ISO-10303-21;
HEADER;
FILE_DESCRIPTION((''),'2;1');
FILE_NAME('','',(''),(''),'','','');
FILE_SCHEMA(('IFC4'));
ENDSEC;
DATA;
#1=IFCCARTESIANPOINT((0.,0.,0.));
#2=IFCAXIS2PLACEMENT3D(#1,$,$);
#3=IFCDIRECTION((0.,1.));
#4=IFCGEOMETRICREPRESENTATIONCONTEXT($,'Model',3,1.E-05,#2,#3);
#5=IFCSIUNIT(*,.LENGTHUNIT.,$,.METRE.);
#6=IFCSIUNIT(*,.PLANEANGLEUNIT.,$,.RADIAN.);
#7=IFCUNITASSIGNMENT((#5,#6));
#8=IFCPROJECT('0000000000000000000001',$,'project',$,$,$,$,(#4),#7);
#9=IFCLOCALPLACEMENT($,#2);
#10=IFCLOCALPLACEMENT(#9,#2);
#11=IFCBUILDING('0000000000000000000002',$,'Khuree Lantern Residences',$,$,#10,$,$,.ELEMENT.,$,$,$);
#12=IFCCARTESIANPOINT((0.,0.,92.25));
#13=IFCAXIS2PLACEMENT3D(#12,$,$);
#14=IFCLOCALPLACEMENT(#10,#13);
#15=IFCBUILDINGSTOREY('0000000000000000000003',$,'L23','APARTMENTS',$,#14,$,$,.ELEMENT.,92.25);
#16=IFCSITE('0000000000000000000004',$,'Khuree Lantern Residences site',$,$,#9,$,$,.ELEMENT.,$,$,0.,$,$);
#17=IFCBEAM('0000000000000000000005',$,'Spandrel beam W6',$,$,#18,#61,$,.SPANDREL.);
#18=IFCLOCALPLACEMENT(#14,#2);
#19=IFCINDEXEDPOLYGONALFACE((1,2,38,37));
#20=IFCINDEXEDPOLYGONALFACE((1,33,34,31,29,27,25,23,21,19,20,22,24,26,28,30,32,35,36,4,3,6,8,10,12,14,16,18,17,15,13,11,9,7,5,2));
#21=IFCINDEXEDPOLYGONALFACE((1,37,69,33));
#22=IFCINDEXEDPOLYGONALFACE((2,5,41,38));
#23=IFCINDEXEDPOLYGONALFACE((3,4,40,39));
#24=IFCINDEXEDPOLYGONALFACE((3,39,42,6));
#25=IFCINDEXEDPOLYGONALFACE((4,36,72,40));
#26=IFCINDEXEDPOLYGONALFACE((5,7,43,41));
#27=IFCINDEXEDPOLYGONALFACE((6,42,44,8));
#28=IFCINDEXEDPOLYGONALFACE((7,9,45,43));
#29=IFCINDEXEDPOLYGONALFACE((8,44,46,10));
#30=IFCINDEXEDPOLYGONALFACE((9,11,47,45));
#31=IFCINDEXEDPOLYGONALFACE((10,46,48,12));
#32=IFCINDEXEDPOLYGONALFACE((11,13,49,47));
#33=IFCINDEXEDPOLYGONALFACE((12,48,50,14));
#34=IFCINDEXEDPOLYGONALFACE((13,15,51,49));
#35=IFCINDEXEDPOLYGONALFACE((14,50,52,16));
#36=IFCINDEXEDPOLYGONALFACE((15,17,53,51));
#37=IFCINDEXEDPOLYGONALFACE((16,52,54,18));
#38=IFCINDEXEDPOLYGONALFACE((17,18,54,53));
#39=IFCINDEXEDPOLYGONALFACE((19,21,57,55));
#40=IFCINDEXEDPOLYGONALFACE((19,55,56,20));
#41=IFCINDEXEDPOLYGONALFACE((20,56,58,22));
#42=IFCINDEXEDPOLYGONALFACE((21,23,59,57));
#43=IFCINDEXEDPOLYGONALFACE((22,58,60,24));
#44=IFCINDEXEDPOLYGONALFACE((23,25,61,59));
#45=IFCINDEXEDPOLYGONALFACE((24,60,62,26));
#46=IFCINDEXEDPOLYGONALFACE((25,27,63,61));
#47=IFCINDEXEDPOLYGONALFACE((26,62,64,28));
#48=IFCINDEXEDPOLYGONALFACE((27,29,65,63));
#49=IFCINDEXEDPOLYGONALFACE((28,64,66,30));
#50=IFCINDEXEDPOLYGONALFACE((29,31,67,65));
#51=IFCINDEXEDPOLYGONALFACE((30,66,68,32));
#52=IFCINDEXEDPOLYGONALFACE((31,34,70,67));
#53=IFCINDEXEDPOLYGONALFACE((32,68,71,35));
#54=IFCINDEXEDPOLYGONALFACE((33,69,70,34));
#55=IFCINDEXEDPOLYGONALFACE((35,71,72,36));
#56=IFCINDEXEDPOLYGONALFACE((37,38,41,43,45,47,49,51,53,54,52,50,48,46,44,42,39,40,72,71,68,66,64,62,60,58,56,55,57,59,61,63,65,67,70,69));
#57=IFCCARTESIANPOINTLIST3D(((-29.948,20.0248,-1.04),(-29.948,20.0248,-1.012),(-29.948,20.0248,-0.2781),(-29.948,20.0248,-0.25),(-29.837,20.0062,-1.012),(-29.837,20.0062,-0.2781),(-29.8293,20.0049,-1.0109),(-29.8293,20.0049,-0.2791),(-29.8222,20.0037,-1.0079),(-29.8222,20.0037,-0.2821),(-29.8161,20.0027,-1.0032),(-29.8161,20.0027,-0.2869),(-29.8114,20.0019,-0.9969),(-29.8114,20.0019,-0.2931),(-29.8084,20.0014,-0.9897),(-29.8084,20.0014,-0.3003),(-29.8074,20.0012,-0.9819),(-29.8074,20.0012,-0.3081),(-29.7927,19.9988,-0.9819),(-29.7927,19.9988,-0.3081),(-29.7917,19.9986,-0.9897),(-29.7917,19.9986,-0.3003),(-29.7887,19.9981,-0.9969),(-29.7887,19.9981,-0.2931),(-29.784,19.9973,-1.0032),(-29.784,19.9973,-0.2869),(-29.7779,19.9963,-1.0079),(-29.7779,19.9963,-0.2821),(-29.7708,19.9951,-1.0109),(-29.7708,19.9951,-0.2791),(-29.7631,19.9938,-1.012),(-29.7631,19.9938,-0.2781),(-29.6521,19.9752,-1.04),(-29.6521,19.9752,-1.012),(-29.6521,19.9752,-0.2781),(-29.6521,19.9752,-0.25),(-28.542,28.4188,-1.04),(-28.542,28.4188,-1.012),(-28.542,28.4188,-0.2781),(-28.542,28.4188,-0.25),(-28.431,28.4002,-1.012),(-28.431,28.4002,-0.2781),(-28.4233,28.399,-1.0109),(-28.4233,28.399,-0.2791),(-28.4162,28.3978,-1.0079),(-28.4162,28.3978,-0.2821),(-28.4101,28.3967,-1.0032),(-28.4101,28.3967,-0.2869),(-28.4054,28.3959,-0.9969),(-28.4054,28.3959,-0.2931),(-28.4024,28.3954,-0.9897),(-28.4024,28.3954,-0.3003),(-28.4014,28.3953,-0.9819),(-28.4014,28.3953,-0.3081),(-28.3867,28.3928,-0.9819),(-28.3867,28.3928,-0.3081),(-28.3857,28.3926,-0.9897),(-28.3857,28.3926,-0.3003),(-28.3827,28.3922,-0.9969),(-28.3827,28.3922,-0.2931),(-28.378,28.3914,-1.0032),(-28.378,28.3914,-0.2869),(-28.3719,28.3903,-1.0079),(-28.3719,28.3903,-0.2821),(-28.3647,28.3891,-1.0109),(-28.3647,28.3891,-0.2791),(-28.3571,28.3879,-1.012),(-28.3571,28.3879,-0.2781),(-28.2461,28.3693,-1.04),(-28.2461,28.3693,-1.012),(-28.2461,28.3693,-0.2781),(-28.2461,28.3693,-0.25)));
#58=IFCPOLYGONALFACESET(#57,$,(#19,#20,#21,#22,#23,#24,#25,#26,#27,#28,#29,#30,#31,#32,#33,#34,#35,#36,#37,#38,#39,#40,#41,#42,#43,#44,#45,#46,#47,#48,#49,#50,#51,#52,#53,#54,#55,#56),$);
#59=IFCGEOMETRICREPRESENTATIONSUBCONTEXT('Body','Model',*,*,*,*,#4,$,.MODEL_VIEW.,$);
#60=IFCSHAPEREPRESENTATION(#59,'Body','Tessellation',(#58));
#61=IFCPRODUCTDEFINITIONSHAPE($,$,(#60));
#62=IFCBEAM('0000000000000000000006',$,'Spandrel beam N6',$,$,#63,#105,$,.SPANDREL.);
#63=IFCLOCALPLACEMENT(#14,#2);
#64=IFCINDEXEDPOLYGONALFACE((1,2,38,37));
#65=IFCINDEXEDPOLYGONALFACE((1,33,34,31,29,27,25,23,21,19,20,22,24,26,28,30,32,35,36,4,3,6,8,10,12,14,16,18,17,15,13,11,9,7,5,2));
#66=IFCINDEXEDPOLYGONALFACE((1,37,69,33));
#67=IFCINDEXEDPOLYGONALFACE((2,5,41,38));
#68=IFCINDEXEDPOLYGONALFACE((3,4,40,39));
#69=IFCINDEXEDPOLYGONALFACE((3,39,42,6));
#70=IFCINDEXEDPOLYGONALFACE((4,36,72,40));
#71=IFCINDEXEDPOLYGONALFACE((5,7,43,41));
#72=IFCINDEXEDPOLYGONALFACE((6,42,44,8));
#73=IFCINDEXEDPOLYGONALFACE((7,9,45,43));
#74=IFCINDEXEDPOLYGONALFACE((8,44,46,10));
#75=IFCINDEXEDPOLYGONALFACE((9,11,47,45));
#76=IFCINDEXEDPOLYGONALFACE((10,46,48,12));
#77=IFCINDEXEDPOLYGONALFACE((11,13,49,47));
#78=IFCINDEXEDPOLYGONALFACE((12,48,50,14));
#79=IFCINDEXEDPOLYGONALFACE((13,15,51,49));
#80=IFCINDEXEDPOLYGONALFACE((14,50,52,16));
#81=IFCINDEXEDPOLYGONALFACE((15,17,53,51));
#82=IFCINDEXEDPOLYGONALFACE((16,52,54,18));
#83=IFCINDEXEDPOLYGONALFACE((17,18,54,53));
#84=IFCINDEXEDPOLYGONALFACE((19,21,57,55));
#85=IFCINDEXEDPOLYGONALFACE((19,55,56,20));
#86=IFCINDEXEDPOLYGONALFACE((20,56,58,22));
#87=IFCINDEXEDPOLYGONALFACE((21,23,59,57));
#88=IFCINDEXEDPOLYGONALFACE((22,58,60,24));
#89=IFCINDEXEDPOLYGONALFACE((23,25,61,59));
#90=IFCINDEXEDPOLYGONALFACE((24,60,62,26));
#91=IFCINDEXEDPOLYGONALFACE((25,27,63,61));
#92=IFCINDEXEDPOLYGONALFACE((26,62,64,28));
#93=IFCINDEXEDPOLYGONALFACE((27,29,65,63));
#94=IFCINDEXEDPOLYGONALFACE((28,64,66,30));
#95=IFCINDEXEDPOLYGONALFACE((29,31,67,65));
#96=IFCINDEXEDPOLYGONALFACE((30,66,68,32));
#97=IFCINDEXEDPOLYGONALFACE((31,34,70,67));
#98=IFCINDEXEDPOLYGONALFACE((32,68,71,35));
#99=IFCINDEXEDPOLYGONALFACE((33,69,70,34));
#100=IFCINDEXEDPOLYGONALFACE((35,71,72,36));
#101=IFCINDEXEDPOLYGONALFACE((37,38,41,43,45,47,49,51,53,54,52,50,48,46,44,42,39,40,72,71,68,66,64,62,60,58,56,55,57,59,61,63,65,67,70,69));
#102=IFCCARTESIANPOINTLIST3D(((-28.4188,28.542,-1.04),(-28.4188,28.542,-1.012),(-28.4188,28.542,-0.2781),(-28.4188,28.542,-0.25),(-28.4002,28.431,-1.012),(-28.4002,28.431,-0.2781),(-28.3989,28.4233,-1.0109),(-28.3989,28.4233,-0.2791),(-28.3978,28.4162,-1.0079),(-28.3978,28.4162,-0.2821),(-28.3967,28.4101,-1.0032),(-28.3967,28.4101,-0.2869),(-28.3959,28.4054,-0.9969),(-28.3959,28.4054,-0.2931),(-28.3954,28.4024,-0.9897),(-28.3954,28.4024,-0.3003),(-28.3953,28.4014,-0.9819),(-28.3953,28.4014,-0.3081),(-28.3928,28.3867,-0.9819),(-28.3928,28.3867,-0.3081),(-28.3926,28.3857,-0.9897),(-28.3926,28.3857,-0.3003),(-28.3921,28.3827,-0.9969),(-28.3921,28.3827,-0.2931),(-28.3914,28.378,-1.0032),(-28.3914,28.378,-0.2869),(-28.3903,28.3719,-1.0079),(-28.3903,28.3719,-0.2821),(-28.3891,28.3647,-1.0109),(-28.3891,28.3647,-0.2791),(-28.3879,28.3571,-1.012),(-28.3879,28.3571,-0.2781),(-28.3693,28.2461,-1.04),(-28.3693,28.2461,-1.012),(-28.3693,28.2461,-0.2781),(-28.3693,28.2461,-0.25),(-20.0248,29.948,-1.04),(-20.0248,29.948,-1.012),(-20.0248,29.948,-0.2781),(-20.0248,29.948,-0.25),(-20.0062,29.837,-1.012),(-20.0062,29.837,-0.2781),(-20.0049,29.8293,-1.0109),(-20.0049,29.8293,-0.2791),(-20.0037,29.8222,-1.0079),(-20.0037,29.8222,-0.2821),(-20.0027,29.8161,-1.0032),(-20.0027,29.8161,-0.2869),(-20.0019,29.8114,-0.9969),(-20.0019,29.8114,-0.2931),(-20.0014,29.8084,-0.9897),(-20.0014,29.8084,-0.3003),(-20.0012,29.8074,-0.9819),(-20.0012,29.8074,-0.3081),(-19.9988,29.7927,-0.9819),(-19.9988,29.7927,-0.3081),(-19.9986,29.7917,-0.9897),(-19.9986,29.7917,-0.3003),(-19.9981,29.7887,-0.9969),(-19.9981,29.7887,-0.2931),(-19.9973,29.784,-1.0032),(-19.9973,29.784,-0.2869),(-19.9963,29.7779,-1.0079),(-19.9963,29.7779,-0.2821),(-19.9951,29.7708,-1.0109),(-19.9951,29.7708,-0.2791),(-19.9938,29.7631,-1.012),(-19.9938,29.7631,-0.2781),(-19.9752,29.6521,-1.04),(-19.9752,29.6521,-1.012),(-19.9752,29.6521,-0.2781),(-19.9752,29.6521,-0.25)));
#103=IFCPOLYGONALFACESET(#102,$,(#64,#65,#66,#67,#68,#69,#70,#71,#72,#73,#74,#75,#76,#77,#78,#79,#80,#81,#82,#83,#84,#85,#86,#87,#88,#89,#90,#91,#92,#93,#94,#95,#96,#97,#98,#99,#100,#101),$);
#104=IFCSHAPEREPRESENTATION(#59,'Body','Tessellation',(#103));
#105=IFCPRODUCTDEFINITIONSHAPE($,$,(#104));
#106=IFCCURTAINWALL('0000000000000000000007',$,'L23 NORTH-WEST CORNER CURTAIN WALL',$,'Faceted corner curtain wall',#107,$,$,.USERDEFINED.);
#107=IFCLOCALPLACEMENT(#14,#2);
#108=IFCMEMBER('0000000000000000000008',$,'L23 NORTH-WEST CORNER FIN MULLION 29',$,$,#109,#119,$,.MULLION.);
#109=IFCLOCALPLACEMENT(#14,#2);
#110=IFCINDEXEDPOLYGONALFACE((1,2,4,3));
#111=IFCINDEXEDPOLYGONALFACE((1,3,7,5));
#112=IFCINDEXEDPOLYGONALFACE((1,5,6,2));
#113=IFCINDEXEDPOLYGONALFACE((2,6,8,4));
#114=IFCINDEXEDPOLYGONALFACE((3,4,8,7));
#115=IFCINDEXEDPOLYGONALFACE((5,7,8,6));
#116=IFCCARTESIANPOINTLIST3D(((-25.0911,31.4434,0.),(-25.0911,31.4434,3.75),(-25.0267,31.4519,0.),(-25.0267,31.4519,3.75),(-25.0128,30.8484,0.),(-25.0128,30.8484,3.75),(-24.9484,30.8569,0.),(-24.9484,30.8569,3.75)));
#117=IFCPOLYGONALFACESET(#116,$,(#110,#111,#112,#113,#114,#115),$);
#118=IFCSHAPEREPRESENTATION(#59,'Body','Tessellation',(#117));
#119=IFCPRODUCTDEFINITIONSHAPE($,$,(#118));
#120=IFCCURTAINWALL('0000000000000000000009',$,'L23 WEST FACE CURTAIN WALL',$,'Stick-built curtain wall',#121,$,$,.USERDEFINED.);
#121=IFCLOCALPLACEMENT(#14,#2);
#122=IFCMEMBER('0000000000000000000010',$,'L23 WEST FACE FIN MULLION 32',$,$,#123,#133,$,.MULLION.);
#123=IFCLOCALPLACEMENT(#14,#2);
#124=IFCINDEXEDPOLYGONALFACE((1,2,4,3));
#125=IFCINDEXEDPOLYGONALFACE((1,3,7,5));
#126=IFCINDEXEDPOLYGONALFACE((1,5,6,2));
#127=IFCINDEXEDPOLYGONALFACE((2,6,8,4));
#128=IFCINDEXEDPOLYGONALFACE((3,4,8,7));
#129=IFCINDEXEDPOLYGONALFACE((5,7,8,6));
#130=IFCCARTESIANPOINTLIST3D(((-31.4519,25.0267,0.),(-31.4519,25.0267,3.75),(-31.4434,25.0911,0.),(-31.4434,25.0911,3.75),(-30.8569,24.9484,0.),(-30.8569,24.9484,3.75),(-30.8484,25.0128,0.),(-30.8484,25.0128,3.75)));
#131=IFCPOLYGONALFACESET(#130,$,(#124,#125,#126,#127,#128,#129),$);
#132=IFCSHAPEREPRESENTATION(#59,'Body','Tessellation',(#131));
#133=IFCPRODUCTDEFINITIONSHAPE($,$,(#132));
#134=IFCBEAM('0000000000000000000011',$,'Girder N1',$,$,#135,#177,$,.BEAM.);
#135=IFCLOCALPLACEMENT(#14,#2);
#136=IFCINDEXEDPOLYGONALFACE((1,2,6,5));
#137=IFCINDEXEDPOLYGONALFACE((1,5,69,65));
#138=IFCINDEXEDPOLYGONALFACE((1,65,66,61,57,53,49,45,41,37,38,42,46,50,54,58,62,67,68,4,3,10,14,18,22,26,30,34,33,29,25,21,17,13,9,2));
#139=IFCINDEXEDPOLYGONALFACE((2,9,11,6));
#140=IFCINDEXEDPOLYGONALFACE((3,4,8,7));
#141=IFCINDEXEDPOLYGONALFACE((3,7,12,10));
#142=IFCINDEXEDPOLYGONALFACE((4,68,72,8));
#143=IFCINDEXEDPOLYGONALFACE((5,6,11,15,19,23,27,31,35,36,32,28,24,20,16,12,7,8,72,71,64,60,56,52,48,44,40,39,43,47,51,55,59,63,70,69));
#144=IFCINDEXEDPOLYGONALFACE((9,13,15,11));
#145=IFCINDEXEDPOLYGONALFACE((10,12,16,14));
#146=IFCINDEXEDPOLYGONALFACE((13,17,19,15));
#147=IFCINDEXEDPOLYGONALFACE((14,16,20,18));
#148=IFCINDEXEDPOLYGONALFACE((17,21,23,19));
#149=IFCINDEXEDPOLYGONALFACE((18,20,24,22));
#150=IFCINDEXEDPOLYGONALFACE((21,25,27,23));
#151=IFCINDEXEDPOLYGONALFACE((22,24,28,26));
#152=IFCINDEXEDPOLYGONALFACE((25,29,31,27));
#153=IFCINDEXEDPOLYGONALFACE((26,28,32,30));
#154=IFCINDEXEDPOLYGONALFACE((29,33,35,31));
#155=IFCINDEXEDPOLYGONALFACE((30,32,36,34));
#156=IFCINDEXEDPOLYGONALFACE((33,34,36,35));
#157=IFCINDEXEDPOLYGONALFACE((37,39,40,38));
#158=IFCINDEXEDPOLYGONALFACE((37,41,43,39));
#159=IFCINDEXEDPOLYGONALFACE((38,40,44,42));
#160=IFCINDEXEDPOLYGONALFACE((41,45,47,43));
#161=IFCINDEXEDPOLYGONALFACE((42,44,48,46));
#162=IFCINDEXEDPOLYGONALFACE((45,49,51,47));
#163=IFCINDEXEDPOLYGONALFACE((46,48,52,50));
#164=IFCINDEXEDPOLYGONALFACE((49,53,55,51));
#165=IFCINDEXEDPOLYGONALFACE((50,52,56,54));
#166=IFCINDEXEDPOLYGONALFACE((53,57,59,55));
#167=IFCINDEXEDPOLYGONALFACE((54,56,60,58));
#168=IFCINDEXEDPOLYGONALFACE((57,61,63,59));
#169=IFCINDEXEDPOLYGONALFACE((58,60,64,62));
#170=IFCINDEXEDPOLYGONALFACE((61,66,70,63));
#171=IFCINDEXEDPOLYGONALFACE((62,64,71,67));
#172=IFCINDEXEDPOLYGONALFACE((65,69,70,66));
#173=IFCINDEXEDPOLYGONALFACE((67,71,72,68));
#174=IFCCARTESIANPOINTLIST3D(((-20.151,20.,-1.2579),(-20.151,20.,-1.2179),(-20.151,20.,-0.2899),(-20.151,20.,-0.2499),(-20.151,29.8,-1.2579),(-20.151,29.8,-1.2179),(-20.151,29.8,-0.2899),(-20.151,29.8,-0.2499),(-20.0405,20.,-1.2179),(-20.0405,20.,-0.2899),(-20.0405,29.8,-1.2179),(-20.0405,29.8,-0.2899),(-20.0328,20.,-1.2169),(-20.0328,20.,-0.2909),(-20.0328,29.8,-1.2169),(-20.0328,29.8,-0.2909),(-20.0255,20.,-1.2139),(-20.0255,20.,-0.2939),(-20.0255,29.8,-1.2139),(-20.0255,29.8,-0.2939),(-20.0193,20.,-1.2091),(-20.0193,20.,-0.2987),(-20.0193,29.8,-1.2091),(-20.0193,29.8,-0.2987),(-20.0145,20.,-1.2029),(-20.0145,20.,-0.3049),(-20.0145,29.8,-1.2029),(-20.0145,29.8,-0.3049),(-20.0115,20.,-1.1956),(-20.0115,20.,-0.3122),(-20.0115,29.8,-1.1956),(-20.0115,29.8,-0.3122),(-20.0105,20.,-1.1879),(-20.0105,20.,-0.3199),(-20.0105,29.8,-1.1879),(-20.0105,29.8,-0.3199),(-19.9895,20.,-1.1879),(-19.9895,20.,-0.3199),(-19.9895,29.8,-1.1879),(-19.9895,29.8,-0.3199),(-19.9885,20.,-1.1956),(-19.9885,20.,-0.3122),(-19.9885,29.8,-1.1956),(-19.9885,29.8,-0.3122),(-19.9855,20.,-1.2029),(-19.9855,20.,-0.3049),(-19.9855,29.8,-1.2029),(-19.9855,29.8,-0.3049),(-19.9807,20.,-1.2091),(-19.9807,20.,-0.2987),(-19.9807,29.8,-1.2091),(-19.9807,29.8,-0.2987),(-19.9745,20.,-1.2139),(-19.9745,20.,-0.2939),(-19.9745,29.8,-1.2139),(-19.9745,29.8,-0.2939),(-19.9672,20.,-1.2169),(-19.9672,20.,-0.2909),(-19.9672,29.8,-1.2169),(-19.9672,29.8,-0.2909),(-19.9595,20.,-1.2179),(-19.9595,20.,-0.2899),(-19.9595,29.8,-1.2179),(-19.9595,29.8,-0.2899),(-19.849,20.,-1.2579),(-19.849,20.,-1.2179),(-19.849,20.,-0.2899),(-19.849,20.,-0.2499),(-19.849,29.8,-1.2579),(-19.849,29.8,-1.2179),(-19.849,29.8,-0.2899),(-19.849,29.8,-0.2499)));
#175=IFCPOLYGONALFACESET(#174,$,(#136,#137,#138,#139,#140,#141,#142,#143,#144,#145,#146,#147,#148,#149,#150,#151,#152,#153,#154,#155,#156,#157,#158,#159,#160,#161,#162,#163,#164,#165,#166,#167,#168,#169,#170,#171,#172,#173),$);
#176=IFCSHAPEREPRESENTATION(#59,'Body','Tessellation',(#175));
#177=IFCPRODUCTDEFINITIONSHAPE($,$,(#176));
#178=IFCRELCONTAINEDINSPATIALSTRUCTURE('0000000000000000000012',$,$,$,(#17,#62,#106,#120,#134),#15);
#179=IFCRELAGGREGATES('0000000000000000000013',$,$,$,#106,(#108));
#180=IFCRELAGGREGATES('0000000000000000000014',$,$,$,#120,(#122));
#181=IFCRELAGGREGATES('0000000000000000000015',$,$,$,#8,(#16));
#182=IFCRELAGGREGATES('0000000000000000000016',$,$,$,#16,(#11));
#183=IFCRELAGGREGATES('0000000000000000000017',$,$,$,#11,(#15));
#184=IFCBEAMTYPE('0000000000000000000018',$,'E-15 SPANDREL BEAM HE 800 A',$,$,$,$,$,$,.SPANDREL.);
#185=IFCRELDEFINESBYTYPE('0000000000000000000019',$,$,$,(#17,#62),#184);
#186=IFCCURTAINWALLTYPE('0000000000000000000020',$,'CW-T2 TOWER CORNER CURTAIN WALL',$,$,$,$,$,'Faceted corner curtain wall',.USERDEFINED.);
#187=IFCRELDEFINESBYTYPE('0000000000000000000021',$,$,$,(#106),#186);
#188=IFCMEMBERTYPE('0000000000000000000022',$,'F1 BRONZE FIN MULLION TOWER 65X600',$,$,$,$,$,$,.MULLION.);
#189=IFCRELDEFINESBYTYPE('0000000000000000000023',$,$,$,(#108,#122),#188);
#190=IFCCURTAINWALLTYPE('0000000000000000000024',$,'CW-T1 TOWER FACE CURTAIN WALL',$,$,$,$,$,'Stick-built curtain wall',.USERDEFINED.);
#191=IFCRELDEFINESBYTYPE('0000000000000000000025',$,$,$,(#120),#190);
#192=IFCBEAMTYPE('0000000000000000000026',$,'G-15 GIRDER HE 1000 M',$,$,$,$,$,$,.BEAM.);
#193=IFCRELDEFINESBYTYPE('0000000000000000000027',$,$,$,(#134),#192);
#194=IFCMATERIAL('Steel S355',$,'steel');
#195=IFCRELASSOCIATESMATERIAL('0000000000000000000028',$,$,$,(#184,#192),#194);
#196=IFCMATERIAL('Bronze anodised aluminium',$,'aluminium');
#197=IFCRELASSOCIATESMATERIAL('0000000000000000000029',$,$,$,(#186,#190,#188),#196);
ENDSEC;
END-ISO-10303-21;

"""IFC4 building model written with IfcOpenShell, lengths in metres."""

from ifc_helpers import new_model, si_unit, direction, frame, origin, origin_2d, place, context, subcontext, project, spatial, rectangle, i_section, extrude, material, material_profile, profile_set, type_object, element, aggregate, save


model = new_model("IFC4")

# Units and contexts
model_context = context("Model", 3, precision=1e-05, world=origin(), true_north=direction((0.0, 1.0)))
body_context = subcontext(model_context, "Body", "Model", "MODEL_VIEW")
ifc_project = project(units=[si_unit("LENGTHUNIT", "METRE"), si_unit("PLANEANGLEUNIT", "RADIAN")], contexts=[model_context])

# Site, building, storey
site_placement = place(None, origin())
site = spatial("IfcSite", under=ifc_project, at=site_placement, Name="Khuree Lantern Residences site", CompositionType="ELEMENT", RefElevation=0.0)
building_placement = place(site_placement, origin())
building = spatial("IfcBuilding", under=site, at=building_placement, Name="Khuree Lantern Residences", CompositionType="ELEMENT")
storey_placement = place(building_placement, frame((0.0, 0.0, 92.25)))
storey = spatial("IfcBuildingStorey", under=building, at=storey_placement, Name="L23", Description="APARTMENTS", CompositionType="ELEMENT", Elevation=92.25)

# Beams
ifc_material_1 = material(Name="Steel S355", Category="steel")
ifc_material_profile_1 = material_profile(ifc_material_1, i_section(OverallWidth=0.3, OverallDepth=0.79, WebThickness=0.0149, FlangeThickness=0.0281, FilletRadius=0.03, at=origin_2d()), Name="HE 800 A")
ifc_profile_set_1 = profile_set([ifc_material_profile_1], Name="Steel S355")
beam_type_1 = type_object("IfcBeamType", Name="E-15 SPANDREL BEAM HE 800 A", PredefinedType="SPANDREL", material=ifc_profile_set_1)
for number, where, z_axis, x_axis, name in (
    (1, (-29.8, 20.0, -0.645), (0.165199, 0.98626, 0.0), (-0.98626, 0.165199, 0.0), "Spandrel beam W6"),
    (2, (-28.394, 28.394, -0.645), (0.98626, 0.165199, 0.0), (-0.165199, 0.98626, 0.0), "Spandrel beam N6"),
):
    element("IfcBeam", number, at=place(storey_placement, frame(where, z_axis=z_axis, x_axis=x_axis)), inside=storey, type_object=beam_type_1, Name=name, PredefinedType="SPANDREL", context=body_context, shape_type="SweptSolid", body=[
        extrude(i_section(OverallWidth=0.3, OverallDepth=0.79, WebThickness=0.0149, FlangeThickness=0.0281, FilletRadius=0.03, at=origin_2d()), origin(), (0.0, 0.0, 1.0), 8.511),
    ])

# Curtain walls, members
ifc_material_2 = material(Name="Bronze anodised aluminium", Category="aluminium")
curtain_wall_type_1 = type_object("IfcCurtainWallType", Name="CW-T2 TOWER CORNER CURTAIN WALL", ElementType="Faceted corner curtain wall", PredefinedType="USERDEFINED", material=ifc_material_2)
curtain_wall_1_placement = place(storey_placement, origin())
curtain_wall_1 = element("IfcCurtainWall", 3, at=curtain_wall_1_placement, inside=storey, type_object=curtain_wall_type_1, Name="L23 NORTH-WEST CORNER CURTAIN WALL", ObjectType="Faceted corner curtain wall", PredefinedType="USERDEFINED")
ifc_material_profile_2 = material_profile(ifc_material_2, rectangle(XDim=0.0649, YDim=0.6001, at=origin_2d()), Name="F1 65X600")
ifc_profile_set_2 = profile_set([ifc_material_profile_2], Name="Bronze anodised aluminium")
member_type_1 = type_object("IfcMemberType", Name="F1 BRONZE FIN MULLION TOWER 65X600", PredefinedType="MULLION", material=ifc_profile_set_2)
member_1_placement = place(storey_placement, frame((-25.0198, 31.1501, 0.0), z_axis=(0.0, 0.0, 1.0), x_axis=(-0.991445, -0.130526, 0.0)))
member_1 = element("IfcMember", 4, at=member_1_placement, type_object=member_type_1, Name="L23 NORTH-WEST CORNER FIN MULLION 29", PredefinedType="MULLION", context=body_context, shape_type="SweptSolid", body=[
    extrude(rectangle(XDim=0.0649, YDim=0.6001, at=origin_2d()), origin(), (0.0, 0.0, 1.0), 3.75),
])
curtain_wall_type_2 = type_object("IfcCurtainWallType", Name="CW-T1 TOWER FACE CURTAIN WALL", ElementType="Stick-built curtain wall", PredefinedType="USERDEFINED", material=ifc_material_2)
curtain_wall_2_placement = place(storey_placement, origin())
curtain_wall_2 = element("IfcCurtainWall", 5, at=curtain_wall_2_placement, inside=storey, type_object=curtain_wall_type_2, Name="L23 WEST FACE CURTAIN WALL", ObjectType="Stick-built curtain wall", PredefinedType="USERDEFINED")
member_2_placement = place(storey_placement, frame((-31.1501, 25.0198, 0.0), z_axis=(0.0, 0.0, 1.0), x_axis=(-0.130526, -0.991445, 0.0)))
member_2 = element("IfcMember", 6, at=member_2_placement, type_object=member_type_1, Name="L23 WEST FACE FIN MULLION 32", PredefinedType="MULLION", context=body_context, shape_type="SweptSolid", body=[
    extrude(rectangle(XDim=0.0649, YDim=0.6001, at=origin_2d()), origin(), (0.0, 0.0, 1.0), 3.75),
])

# Beam
ifc_material_profile_3 = material_profile(ifc_material_1, i_section(OverallWidth=0.302, OverallDepth=1.0081, WebThickness=0.021, FlangeThickness=0.04, FilletRadius=0.03, at=origin_2d()), Name="HE 1000 M")
ifc_profile_set_3 = profile_set([ifc_material_profile_3], Name="Steel S355")
beam_type_2 = type_object("IfcBeamType", Name="G-15 GIRDER HE 1000 M", PredefinedType="BEAM", material=ifc_profile_set_3)
for number, where, z_axis, x_axis, name in (
    (7, (-20.0, 29.8, -0.7539), (0.0, -1.0, 0.0), (1.0, 0.0, 0.0), "Girder N1"),
):
    element("IfcBeam", number, at=place(storey_placement, frame(where, z_axis=z_axis, x_axis=x_axis)), inside=storey, type_object=beam_type_2, Name=name, PredefinedType="BEAM", context=body_context, shape_type="SweptSolid", body=[
        extrude(i_section(OverallWidth=0.302, OverallDepth=1.0081, WebThickness=0.021, FlangeThickness=0.04, FilletRadius=0.03, at=origin_2d()), origin(), (0.0, 0.0, 1.0), 9.8),
    ])

aggregate(curtain_wall_1, [member_1])
aggregate(curtain_wall_2, [member_2])

save(model, "model.ifc")
